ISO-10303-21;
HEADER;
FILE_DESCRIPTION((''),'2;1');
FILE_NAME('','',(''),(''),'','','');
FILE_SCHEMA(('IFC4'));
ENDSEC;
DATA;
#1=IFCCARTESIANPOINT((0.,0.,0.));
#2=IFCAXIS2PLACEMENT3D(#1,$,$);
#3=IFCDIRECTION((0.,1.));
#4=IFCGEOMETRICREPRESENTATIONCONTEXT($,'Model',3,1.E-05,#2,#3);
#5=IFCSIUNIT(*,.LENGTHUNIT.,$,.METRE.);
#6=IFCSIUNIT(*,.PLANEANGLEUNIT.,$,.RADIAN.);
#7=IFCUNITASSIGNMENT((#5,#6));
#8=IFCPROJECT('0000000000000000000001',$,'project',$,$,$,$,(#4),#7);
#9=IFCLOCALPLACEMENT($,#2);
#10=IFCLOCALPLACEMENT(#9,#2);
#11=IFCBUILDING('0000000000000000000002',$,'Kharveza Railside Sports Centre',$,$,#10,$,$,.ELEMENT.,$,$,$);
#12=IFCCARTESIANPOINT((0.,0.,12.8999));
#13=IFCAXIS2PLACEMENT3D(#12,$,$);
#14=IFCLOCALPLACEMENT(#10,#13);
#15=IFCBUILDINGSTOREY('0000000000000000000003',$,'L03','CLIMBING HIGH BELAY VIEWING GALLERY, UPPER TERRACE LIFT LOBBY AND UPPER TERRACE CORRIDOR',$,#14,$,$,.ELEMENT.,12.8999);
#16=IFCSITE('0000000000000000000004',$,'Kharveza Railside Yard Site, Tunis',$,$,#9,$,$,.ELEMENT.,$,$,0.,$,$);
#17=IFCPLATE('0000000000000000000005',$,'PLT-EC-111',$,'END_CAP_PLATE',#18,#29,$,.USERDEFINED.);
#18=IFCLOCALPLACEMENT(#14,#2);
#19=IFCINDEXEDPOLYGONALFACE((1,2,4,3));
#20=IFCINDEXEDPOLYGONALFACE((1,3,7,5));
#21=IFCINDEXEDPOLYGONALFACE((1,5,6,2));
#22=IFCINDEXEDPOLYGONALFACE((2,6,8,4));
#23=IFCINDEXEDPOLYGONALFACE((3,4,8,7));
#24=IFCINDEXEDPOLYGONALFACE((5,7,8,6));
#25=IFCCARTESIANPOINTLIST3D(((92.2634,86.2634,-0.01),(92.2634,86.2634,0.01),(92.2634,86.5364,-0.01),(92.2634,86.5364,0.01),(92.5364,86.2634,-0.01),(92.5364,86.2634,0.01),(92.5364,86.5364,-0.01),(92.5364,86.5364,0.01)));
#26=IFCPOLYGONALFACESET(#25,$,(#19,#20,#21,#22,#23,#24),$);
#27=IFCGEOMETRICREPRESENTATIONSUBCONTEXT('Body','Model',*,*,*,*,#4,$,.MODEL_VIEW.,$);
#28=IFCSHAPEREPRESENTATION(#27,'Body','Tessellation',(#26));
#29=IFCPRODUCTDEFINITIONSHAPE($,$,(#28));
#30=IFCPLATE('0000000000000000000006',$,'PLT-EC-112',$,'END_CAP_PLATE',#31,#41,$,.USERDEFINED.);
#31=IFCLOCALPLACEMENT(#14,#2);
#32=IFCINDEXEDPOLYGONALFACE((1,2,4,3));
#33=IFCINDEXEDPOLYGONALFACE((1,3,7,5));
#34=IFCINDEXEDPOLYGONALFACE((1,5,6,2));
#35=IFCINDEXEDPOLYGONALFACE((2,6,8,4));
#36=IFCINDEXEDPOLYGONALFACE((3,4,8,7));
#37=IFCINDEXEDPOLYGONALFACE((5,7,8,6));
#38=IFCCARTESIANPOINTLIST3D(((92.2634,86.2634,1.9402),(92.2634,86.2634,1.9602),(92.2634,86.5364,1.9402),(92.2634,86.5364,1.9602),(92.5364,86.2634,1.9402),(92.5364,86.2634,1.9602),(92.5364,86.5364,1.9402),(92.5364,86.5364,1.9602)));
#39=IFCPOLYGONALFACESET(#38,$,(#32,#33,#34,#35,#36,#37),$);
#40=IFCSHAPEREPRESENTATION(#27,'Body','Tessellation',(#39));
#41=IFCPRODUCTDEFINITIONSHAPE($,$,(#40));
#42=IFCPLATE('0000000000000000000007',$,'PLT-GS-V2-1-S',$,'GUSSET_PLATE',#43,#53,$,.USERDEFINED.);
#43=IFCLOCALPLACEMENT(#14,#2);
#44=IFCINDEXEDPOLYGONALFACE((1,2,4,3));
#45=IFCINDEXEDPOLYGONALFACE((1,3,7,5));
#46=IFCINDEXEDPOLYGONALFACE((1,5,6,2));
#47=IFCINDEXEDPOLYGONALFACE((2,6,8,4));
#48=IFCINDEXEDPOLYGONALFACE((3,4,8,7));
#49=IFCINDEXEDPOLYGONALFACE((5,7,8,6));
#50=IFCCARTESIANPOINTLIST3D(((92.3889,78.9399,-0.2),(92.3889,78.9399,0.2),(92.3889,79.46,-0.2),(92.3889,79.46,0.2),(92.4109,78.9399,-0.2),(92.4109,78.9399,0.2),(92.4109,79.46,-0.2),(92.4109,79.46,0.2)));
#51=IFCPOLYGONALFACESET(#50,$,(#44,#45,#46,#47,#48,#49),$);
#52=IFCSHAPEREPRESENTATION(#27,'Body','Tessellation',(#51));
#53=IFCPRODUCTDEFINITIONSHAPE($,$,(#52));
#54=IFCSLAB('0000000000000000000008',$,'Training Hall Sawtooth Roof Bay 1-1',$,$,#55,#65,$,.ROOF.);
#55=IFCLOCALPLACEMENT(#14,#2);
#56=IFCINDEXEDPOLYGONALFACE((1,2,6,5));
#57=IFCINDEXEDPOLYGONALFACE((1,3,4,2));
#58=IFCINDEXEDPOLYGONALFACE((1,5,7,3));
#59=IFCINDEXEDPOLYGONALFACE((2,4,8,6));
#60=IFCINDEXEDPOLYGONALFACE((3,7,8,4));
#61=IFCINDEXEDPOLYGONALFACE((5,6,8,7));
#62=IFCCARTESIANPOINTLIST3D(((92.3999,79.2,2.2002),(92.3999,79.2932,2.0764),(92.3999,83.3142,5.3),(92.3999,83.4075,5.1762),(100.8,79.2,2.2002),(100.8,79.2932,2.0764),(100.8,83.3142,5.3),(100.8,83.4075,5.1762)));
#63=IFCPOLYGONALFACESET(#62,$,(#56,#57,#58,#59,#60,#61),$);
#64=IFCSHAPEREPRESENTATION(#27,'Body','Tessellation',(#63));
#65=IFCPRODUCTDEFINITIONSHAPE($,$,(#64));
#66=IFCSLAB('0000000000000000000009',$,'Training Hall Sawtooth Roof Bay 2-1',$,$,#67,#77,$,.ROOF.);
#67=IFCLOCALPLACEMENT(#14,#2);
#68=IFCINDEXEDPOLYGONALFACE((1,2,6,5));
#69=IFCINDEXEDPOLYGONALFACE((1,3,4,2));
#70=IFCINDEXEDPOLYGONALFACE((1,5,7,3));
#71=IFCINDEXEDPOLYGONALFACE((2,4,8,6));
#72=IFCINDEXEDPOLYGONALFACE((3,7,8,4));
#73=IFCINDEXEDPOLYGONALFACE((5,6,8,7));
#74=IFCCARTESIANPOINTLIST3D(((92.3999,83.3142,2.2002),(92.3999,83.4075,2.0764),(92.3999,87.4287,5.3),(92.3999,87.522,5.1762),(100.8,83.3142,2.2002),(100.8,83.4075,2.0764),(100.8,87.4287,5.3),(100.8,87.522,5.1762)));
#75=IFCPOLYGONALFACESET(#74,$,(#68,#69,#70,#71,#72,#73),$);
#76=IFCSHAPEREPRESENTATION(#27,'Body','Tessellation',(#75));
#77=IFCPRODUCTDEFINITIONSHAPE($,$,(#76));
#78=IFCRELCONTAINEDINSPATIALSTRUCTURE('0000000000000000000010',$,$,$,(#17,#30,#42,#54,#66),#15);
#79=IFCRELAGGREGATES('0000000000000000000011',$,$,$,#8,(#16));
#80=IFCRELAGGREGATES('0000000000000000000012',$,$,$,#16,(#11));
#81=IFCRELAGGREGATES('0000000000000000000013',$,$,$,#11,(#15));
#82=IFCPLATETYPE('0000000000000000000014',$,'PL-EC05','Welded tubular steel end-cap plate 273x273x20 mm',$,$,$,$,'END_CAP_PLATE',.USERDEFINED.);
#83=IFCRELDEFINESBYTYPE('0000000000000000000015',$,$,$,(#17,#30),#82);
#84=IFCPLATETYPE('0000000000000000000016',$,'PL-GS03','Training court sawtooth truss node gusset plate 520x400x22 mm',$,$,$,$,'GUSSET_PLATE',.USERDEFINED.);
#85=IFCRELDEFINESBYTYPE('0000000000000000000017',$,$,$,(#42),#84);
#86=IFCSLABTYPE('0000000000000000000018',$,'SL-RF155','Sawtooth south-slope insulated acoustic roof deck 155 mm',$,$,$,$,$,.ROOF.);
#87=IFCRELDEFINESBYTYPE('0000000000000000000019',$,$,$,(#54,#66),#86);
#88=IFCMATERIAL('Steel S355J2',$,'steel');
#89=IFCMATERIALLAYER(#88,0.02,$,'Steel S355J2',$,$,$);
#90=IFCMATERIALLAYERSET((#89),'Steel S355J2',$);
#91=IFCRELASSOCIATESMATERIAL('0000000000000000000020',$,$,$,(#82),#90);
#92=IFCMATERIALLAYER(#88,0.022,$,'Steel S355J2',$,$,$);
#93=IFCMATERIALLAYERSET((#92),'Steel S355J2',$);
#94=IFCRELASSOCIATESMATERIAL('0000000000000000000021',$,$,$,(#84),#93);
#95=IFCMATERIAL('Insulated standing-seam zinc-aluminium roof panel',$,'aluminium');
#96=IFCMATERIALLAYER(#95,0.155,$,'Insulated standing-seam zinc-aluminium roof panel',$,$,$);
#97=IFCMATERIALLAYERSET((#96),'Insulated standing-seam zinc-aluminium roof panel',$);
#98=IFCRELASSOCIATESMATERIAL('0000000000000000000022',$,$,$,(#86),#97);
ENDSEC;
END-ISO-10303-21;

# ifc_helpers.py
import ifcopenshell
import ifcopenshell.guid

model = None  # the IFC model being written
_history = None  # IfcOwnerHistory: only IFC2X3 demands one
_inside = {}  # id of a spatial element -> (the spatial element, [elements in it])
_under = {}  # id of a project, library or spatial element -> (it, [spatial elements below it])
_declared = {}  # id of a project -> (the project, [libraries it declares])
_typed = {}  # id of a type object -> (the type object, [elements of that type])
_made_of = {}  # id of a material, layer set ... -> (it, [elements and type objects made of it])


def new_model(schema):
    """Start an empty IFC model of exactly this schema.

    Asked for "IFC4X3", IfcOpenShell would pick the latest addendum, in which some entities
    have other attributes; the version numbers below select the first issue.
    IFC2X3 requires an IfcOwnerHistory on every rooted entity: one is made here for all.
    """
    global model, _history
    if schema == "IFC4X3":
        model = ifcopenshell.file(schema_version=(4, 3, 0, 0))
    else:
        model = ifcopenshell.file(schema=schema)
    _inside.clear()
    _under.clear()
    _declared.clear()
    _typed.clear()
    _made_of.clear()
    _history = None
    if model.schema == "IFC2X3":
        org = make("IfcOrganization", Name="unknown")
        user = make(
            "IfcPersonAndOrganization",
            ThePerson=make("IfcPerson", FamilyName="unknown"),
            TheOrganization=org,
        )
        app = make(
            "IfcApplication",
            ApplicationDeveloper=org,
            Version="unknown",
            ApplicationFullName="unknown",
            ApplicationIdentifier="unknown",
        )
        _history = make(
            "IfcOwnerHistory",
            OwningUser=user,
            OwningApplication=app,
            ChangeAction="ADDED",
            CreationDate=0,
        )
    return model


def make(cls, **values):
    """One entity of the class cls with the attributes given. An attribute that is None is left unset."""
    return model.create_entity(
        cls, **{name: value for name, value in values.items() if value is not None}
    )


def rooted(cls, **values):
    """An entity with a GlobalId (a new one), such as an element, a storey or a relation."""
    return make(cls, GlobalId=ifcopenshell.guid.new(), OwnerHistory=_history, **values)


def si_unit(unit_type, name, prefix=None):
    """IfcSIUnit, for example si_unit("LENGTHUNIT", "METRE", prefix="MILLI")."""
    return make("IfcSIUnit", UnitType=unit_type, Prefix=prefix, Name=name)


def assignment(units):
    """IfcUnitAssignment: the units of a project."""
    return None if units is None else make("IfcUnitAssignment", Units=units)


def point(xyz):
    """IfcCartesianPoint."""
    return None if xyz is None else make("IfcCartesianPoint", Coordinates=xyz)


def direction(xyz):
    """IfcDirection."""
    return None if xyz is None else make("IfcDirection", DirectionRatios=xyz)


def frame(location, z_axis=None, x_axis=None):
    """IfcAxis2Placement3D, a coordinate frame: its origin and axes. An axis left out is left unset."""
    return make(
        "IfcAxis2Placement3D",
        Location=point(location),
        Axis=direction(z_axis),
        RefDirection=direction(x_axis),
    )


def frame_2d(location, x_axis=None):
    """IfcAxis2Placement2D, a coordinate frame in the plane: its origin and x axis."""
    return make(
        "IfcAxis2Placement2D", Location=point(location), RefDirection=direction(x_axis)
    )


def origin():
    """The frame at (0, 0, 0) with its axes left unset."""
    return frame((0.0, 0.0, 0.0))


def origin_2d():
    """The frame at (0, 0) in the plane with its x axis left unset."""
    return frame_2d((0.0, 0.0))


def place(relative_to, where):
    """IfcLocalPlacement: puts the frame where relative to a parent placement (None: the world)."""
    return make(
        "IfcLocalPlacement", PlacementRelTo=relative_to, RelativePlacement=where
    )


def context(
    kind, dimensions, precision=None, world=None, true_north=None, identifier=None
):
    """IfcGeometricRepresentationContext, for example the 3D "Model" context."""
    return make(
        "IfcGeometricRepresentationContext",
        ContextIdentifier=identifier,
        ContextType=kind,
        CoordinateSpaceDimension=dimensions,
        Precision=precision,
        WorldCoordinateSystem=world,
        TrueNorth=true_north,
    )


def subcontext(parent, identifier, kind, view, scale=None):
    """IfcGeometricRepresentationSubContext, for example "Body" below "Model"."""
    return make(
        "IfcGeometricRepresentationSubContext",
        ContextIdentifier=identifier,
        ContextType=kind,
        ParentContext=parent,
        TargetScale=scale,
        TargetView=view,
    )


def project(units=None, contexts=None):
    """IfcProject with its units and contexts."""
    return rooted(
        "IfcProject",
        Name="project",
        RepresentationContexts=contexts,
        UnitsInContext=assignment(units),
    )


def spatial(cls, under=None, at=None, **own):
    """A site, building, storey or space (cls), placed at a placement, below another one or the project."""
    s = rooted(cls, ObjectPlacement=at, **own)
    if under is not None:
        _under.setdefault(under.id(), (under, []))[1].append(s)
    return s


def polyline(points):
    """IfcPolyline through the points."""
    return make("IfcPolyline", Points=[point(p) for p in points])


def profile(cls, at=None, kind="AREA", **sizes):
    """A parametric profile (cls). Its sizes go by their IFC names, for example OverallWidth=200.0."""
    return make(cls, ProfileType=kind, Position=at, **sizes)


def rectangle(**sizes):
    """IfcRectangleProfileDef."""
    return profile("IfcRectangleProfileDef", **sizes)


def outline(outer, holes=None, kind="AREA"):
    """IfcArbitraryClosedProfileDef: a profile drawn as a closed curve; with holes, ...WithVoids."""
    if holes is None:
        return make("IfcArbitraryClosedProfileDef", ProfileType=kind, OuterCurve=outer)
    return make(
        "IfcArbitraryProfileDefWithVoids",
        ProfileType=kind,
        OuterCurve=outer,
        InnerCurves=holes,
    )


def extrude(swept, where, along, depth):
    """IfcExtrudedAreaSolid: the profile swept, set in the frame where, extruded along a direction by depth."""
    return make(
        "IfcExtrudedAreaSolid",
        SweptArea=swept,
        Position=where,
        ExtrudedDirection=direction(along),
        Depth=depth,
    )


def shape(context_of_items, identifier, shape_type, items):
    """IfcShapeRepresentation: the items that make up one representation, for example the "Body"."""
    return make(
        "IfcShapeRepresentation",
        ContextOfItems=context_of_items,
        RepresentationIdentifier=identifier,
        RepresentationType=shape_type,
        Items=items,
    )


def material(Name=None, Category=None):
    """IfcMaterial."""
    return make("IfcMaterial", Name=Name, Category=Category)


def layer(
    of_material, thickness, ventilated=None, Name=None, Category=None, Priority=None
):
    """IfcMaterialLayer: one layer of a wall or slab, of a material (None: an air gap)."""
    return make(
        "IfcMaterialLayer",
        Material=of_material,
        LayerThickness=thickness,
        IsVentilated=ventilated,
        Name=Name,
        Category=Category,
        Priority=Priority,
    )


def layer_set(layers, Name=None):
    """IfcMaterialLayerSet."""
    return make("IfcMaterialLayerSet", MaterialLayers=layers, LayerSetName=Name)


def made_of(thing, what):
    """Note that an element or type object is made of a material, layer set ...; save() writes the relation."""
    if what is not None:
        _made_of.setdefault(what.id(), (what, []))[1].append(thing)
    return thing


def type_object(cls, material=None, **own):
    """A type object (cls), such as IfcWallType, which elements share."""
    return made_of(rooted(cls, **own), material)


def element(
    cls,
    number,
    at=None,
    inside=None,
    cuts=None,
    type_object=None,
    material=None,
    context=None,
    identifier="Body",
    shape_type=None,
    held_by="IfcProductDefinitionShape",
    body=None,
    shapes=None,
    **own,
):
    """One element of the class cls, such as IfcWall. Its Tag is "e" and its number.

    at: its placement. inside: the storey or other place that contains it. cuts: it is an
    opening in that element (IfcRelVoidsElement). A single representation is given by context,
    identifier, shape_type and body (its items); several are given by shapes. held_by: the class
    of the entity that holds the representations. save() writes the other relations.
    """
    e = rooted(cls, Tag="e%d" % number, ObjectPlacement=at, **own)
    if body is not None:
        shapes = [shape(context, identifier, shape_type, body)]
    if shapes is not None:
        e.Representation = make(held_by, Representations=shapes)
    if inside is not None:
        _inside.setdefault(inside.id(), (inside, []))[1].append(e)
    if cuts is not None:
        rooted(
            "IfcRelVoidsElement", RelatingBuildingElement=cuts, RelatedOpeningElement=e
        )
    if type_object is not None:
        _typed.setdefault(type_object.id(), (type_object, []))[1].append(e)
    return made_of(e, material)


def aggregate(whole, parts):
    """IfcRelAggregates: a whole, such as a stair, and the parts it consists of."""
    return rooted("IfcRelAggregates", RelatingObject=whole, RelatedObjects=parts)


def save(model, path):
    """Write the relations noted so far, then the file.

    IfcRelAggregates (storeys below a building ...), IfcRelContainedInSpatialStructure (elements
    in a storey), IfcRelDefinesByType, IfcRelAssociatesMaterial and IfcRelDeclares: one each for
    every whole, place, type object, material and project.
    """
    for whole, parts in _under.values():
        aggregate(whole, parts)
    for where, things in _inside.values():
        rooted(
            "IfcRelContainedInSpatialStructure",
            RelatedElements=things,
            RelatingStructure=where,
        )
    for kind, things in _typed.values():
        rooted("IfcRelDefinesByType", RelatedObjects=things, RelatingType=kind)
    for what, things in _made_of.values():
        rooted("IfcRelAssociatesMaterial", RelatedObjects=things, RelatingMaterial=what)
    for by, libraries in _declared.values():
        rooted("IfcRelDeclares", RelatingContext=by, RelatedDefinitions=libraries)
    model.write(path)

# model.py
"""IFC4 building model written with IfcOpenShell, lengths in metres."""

from ifc_helpers import new_model, si_unit, direction, frame, origin, origin_2d, place, context, subcontext, project, spatial, polyline, rectangle, outline, extrude, material, layer, layer_set, type_object, element, save


model = new_model("IFC4")

# Units and contexts
model_context = context("Model", 3, precision=1e-05, world=origin(), true_north=direction((0.0, 1.0)))
body_context = subcontext(model_context, "Body", "Model", "MODEL_VIEW")
ifc_project = project(units=[si_unit("LENGTHUNIT", "METRE"), si_unit("PLANEANGLEUNIT", "RADIAN")], contexts=[model_context])

# Site, building, storey
site_placement = place(None, origin())
site = spatial("IfcSite", under=ifc_project, at=site_placement, Name="Kharveza Railside Yard Site, Tunis", CompositionType="ELEMENT", RefElevation=0.0)
building_placement = place(site_placement, origin())
building = spatial("IfcBuilding", under=site, at=building_placement, Name="Kharveza Railside Sports Centre", CompositionType="ELEMENT")
storey_placement = place(building_placement, frame((0.0, 0.0, 12.8999)))
storey = spatial("IfcBuildingStorey", under=building, at=storey_placement, Name="L03", Description="CLIMBING HIGH BELAY VIEWING GALLERY, UPPER TERRACE LIFT LOBBY AND UPPER TERRACE CORRIDOR", CompositionType="ELEMENT", Elevation=12.8999)

# Shared definitions
ifc_material_1 = material(Name="Steel S355J2", Category="steel")

# Plates
ifc_layer_1 = layer(ifc_material_1, 0.02, Name="Steel S355J2")
ifc_layer_set_1 = layer_set([ifc_layer_1], Name="Steel S355J2")
plate_type_1 = type_object("IfcPlateType", Name="PL-EC05", Description="Welded tubular steel end-cap plate 273x273x20 mm", ElementType="END_CAP_PLATE", PredefinedType="USERDEFINED", material=ifc_layer_set_1)
for number, where, z_axis, x_axis, name in (
    (1, (92.3999, 86.3999, -0.01), (0.0, 0.0, 1.0), (1.0, 0.0, 0.0), "PLT-EC-111"),
    (2, (92.3999, 86.3999, 1.9402), (0.0, 0.0, 1.0), (1.0, 0.0, 0.0), "PLT-EC-112"),
):
    element("IfcPlate", number, at=place(storey_placement, frame(where, z_axis=z_axis, x_axis=x_axis)), inside=storey, type_object=plate_type_1, Name=name, ObjectType="END_CAP_PLATE", PredefinedType="USERDEFINED", context=body_context, shape_type="SweptSolid", body=[
        extrude(rectangle(XDim=0.2729, YDim=0.2729, at=origin_2d()), origin(), (0.0, 0.0, 1.0), 0.02),
    ])
ifc_layer_2 = layer(ifc_material_1, 0.022, Name="Steel S355J2")
ifc_layer_set_2 = layer_set([ifc_layer_2], Name="Steel S355J2")
plate_type_2 = type_object("IfcPlateType", Name="PL-GS03", Description="Training court sawtooth truss node gusset plate 520x400x22 mm", ElementType="GUSSET_PLATE", PredefinedType="USERDEFINED", material=ifc_layer_set_2)
plate_1_placement = place(storey_placement, frame((92.3999, 79.2, -0.2), z_axis=(0.0, 0.0, 1.0), x_axis=(1.0, 0.0, 0.0)))
element("IfcPlate", 3, at=plate_1_placement, inside=storey, type_object=plate_type_2, Name="PLT-GS-V2-1-S", ObjectType="GUSSET_PLATE", PredefinedType="USERDEFINED", context=body_context, shape_type="SweptSolid", body=[
    extrude(rectangle(XDim=0.022, YDim=0.52, at=origin_2d()), origin(), (0.0, 0.0, 1.0), 0.3999),
])

# Slabs
ifc_material_2 = material(Name="Insulated standing-seam zinc-aluminium roof panel", Category="aluminium")
ifc_layer_3 = layer(ifc_material_2, 0.155, Name="Insulated standing-seam zinc-aluminium roof panel")
ifc_layer_set_3 = layer_set([ifc_layer_3], Name="Insulated standing-seam zinc-aluminium roof panel")
slab_type = type_object("IfcSlabType", Name="SL-RF155", Description="Sawtooth south-slope insulated acoustic roof deck 155 mm", PredefinedType="ROOF", material=ifc_layer_set_3)
slab_1_placement = place(storey_placement, frame((92.3999, 79.2, 2.2002), z_axis=(0.0, -0.601758, 0.798679), x_axis=(1.0, 0.0, 0.0)))
element("IfcSlab", 4, at=slab_1_placement, inside=storey, type_object=slab_type, Name="Training Hall Sawtooth Roof Bay 1-1", PredefinedType="ROOF", context=body_context, shape_type="SweptSolid", body=[
    extrude(outline(polyline([(0.0, 0.0), (8.4001, 0.0), (8.4001, 5.1513), (0.0, 5.1513), (0.0, 0.0)])), origin(), (0.0, 0.0, -1.0), 0.155),
])
slab_2_placement = place(storey_placement, frame((92.3999, 83.3142, 2.2002), z_axis=(0.0, -0.601735, 0.798696), x_axis=(1.0, 0.0, 0.0)))
element("IfcSlab", 5, at=slab_2_placement, inside=storey, type_object=slab_type, Name="Training Hall Sawtooth Roof Bay 2-1", PredefinedType="ROOF", context=body_context, shape_type="SweptSolid", body=[
    extrude(outline(polyline([(0.0, 0.0), (8.4001, 0.0), (8.4001, 5.1515), (0.0, 5.1515), (0.0, 0.0)])), origin(), (0.0, 0.0, -1.0), 0.155),
])

save(model, "model.ifc")
